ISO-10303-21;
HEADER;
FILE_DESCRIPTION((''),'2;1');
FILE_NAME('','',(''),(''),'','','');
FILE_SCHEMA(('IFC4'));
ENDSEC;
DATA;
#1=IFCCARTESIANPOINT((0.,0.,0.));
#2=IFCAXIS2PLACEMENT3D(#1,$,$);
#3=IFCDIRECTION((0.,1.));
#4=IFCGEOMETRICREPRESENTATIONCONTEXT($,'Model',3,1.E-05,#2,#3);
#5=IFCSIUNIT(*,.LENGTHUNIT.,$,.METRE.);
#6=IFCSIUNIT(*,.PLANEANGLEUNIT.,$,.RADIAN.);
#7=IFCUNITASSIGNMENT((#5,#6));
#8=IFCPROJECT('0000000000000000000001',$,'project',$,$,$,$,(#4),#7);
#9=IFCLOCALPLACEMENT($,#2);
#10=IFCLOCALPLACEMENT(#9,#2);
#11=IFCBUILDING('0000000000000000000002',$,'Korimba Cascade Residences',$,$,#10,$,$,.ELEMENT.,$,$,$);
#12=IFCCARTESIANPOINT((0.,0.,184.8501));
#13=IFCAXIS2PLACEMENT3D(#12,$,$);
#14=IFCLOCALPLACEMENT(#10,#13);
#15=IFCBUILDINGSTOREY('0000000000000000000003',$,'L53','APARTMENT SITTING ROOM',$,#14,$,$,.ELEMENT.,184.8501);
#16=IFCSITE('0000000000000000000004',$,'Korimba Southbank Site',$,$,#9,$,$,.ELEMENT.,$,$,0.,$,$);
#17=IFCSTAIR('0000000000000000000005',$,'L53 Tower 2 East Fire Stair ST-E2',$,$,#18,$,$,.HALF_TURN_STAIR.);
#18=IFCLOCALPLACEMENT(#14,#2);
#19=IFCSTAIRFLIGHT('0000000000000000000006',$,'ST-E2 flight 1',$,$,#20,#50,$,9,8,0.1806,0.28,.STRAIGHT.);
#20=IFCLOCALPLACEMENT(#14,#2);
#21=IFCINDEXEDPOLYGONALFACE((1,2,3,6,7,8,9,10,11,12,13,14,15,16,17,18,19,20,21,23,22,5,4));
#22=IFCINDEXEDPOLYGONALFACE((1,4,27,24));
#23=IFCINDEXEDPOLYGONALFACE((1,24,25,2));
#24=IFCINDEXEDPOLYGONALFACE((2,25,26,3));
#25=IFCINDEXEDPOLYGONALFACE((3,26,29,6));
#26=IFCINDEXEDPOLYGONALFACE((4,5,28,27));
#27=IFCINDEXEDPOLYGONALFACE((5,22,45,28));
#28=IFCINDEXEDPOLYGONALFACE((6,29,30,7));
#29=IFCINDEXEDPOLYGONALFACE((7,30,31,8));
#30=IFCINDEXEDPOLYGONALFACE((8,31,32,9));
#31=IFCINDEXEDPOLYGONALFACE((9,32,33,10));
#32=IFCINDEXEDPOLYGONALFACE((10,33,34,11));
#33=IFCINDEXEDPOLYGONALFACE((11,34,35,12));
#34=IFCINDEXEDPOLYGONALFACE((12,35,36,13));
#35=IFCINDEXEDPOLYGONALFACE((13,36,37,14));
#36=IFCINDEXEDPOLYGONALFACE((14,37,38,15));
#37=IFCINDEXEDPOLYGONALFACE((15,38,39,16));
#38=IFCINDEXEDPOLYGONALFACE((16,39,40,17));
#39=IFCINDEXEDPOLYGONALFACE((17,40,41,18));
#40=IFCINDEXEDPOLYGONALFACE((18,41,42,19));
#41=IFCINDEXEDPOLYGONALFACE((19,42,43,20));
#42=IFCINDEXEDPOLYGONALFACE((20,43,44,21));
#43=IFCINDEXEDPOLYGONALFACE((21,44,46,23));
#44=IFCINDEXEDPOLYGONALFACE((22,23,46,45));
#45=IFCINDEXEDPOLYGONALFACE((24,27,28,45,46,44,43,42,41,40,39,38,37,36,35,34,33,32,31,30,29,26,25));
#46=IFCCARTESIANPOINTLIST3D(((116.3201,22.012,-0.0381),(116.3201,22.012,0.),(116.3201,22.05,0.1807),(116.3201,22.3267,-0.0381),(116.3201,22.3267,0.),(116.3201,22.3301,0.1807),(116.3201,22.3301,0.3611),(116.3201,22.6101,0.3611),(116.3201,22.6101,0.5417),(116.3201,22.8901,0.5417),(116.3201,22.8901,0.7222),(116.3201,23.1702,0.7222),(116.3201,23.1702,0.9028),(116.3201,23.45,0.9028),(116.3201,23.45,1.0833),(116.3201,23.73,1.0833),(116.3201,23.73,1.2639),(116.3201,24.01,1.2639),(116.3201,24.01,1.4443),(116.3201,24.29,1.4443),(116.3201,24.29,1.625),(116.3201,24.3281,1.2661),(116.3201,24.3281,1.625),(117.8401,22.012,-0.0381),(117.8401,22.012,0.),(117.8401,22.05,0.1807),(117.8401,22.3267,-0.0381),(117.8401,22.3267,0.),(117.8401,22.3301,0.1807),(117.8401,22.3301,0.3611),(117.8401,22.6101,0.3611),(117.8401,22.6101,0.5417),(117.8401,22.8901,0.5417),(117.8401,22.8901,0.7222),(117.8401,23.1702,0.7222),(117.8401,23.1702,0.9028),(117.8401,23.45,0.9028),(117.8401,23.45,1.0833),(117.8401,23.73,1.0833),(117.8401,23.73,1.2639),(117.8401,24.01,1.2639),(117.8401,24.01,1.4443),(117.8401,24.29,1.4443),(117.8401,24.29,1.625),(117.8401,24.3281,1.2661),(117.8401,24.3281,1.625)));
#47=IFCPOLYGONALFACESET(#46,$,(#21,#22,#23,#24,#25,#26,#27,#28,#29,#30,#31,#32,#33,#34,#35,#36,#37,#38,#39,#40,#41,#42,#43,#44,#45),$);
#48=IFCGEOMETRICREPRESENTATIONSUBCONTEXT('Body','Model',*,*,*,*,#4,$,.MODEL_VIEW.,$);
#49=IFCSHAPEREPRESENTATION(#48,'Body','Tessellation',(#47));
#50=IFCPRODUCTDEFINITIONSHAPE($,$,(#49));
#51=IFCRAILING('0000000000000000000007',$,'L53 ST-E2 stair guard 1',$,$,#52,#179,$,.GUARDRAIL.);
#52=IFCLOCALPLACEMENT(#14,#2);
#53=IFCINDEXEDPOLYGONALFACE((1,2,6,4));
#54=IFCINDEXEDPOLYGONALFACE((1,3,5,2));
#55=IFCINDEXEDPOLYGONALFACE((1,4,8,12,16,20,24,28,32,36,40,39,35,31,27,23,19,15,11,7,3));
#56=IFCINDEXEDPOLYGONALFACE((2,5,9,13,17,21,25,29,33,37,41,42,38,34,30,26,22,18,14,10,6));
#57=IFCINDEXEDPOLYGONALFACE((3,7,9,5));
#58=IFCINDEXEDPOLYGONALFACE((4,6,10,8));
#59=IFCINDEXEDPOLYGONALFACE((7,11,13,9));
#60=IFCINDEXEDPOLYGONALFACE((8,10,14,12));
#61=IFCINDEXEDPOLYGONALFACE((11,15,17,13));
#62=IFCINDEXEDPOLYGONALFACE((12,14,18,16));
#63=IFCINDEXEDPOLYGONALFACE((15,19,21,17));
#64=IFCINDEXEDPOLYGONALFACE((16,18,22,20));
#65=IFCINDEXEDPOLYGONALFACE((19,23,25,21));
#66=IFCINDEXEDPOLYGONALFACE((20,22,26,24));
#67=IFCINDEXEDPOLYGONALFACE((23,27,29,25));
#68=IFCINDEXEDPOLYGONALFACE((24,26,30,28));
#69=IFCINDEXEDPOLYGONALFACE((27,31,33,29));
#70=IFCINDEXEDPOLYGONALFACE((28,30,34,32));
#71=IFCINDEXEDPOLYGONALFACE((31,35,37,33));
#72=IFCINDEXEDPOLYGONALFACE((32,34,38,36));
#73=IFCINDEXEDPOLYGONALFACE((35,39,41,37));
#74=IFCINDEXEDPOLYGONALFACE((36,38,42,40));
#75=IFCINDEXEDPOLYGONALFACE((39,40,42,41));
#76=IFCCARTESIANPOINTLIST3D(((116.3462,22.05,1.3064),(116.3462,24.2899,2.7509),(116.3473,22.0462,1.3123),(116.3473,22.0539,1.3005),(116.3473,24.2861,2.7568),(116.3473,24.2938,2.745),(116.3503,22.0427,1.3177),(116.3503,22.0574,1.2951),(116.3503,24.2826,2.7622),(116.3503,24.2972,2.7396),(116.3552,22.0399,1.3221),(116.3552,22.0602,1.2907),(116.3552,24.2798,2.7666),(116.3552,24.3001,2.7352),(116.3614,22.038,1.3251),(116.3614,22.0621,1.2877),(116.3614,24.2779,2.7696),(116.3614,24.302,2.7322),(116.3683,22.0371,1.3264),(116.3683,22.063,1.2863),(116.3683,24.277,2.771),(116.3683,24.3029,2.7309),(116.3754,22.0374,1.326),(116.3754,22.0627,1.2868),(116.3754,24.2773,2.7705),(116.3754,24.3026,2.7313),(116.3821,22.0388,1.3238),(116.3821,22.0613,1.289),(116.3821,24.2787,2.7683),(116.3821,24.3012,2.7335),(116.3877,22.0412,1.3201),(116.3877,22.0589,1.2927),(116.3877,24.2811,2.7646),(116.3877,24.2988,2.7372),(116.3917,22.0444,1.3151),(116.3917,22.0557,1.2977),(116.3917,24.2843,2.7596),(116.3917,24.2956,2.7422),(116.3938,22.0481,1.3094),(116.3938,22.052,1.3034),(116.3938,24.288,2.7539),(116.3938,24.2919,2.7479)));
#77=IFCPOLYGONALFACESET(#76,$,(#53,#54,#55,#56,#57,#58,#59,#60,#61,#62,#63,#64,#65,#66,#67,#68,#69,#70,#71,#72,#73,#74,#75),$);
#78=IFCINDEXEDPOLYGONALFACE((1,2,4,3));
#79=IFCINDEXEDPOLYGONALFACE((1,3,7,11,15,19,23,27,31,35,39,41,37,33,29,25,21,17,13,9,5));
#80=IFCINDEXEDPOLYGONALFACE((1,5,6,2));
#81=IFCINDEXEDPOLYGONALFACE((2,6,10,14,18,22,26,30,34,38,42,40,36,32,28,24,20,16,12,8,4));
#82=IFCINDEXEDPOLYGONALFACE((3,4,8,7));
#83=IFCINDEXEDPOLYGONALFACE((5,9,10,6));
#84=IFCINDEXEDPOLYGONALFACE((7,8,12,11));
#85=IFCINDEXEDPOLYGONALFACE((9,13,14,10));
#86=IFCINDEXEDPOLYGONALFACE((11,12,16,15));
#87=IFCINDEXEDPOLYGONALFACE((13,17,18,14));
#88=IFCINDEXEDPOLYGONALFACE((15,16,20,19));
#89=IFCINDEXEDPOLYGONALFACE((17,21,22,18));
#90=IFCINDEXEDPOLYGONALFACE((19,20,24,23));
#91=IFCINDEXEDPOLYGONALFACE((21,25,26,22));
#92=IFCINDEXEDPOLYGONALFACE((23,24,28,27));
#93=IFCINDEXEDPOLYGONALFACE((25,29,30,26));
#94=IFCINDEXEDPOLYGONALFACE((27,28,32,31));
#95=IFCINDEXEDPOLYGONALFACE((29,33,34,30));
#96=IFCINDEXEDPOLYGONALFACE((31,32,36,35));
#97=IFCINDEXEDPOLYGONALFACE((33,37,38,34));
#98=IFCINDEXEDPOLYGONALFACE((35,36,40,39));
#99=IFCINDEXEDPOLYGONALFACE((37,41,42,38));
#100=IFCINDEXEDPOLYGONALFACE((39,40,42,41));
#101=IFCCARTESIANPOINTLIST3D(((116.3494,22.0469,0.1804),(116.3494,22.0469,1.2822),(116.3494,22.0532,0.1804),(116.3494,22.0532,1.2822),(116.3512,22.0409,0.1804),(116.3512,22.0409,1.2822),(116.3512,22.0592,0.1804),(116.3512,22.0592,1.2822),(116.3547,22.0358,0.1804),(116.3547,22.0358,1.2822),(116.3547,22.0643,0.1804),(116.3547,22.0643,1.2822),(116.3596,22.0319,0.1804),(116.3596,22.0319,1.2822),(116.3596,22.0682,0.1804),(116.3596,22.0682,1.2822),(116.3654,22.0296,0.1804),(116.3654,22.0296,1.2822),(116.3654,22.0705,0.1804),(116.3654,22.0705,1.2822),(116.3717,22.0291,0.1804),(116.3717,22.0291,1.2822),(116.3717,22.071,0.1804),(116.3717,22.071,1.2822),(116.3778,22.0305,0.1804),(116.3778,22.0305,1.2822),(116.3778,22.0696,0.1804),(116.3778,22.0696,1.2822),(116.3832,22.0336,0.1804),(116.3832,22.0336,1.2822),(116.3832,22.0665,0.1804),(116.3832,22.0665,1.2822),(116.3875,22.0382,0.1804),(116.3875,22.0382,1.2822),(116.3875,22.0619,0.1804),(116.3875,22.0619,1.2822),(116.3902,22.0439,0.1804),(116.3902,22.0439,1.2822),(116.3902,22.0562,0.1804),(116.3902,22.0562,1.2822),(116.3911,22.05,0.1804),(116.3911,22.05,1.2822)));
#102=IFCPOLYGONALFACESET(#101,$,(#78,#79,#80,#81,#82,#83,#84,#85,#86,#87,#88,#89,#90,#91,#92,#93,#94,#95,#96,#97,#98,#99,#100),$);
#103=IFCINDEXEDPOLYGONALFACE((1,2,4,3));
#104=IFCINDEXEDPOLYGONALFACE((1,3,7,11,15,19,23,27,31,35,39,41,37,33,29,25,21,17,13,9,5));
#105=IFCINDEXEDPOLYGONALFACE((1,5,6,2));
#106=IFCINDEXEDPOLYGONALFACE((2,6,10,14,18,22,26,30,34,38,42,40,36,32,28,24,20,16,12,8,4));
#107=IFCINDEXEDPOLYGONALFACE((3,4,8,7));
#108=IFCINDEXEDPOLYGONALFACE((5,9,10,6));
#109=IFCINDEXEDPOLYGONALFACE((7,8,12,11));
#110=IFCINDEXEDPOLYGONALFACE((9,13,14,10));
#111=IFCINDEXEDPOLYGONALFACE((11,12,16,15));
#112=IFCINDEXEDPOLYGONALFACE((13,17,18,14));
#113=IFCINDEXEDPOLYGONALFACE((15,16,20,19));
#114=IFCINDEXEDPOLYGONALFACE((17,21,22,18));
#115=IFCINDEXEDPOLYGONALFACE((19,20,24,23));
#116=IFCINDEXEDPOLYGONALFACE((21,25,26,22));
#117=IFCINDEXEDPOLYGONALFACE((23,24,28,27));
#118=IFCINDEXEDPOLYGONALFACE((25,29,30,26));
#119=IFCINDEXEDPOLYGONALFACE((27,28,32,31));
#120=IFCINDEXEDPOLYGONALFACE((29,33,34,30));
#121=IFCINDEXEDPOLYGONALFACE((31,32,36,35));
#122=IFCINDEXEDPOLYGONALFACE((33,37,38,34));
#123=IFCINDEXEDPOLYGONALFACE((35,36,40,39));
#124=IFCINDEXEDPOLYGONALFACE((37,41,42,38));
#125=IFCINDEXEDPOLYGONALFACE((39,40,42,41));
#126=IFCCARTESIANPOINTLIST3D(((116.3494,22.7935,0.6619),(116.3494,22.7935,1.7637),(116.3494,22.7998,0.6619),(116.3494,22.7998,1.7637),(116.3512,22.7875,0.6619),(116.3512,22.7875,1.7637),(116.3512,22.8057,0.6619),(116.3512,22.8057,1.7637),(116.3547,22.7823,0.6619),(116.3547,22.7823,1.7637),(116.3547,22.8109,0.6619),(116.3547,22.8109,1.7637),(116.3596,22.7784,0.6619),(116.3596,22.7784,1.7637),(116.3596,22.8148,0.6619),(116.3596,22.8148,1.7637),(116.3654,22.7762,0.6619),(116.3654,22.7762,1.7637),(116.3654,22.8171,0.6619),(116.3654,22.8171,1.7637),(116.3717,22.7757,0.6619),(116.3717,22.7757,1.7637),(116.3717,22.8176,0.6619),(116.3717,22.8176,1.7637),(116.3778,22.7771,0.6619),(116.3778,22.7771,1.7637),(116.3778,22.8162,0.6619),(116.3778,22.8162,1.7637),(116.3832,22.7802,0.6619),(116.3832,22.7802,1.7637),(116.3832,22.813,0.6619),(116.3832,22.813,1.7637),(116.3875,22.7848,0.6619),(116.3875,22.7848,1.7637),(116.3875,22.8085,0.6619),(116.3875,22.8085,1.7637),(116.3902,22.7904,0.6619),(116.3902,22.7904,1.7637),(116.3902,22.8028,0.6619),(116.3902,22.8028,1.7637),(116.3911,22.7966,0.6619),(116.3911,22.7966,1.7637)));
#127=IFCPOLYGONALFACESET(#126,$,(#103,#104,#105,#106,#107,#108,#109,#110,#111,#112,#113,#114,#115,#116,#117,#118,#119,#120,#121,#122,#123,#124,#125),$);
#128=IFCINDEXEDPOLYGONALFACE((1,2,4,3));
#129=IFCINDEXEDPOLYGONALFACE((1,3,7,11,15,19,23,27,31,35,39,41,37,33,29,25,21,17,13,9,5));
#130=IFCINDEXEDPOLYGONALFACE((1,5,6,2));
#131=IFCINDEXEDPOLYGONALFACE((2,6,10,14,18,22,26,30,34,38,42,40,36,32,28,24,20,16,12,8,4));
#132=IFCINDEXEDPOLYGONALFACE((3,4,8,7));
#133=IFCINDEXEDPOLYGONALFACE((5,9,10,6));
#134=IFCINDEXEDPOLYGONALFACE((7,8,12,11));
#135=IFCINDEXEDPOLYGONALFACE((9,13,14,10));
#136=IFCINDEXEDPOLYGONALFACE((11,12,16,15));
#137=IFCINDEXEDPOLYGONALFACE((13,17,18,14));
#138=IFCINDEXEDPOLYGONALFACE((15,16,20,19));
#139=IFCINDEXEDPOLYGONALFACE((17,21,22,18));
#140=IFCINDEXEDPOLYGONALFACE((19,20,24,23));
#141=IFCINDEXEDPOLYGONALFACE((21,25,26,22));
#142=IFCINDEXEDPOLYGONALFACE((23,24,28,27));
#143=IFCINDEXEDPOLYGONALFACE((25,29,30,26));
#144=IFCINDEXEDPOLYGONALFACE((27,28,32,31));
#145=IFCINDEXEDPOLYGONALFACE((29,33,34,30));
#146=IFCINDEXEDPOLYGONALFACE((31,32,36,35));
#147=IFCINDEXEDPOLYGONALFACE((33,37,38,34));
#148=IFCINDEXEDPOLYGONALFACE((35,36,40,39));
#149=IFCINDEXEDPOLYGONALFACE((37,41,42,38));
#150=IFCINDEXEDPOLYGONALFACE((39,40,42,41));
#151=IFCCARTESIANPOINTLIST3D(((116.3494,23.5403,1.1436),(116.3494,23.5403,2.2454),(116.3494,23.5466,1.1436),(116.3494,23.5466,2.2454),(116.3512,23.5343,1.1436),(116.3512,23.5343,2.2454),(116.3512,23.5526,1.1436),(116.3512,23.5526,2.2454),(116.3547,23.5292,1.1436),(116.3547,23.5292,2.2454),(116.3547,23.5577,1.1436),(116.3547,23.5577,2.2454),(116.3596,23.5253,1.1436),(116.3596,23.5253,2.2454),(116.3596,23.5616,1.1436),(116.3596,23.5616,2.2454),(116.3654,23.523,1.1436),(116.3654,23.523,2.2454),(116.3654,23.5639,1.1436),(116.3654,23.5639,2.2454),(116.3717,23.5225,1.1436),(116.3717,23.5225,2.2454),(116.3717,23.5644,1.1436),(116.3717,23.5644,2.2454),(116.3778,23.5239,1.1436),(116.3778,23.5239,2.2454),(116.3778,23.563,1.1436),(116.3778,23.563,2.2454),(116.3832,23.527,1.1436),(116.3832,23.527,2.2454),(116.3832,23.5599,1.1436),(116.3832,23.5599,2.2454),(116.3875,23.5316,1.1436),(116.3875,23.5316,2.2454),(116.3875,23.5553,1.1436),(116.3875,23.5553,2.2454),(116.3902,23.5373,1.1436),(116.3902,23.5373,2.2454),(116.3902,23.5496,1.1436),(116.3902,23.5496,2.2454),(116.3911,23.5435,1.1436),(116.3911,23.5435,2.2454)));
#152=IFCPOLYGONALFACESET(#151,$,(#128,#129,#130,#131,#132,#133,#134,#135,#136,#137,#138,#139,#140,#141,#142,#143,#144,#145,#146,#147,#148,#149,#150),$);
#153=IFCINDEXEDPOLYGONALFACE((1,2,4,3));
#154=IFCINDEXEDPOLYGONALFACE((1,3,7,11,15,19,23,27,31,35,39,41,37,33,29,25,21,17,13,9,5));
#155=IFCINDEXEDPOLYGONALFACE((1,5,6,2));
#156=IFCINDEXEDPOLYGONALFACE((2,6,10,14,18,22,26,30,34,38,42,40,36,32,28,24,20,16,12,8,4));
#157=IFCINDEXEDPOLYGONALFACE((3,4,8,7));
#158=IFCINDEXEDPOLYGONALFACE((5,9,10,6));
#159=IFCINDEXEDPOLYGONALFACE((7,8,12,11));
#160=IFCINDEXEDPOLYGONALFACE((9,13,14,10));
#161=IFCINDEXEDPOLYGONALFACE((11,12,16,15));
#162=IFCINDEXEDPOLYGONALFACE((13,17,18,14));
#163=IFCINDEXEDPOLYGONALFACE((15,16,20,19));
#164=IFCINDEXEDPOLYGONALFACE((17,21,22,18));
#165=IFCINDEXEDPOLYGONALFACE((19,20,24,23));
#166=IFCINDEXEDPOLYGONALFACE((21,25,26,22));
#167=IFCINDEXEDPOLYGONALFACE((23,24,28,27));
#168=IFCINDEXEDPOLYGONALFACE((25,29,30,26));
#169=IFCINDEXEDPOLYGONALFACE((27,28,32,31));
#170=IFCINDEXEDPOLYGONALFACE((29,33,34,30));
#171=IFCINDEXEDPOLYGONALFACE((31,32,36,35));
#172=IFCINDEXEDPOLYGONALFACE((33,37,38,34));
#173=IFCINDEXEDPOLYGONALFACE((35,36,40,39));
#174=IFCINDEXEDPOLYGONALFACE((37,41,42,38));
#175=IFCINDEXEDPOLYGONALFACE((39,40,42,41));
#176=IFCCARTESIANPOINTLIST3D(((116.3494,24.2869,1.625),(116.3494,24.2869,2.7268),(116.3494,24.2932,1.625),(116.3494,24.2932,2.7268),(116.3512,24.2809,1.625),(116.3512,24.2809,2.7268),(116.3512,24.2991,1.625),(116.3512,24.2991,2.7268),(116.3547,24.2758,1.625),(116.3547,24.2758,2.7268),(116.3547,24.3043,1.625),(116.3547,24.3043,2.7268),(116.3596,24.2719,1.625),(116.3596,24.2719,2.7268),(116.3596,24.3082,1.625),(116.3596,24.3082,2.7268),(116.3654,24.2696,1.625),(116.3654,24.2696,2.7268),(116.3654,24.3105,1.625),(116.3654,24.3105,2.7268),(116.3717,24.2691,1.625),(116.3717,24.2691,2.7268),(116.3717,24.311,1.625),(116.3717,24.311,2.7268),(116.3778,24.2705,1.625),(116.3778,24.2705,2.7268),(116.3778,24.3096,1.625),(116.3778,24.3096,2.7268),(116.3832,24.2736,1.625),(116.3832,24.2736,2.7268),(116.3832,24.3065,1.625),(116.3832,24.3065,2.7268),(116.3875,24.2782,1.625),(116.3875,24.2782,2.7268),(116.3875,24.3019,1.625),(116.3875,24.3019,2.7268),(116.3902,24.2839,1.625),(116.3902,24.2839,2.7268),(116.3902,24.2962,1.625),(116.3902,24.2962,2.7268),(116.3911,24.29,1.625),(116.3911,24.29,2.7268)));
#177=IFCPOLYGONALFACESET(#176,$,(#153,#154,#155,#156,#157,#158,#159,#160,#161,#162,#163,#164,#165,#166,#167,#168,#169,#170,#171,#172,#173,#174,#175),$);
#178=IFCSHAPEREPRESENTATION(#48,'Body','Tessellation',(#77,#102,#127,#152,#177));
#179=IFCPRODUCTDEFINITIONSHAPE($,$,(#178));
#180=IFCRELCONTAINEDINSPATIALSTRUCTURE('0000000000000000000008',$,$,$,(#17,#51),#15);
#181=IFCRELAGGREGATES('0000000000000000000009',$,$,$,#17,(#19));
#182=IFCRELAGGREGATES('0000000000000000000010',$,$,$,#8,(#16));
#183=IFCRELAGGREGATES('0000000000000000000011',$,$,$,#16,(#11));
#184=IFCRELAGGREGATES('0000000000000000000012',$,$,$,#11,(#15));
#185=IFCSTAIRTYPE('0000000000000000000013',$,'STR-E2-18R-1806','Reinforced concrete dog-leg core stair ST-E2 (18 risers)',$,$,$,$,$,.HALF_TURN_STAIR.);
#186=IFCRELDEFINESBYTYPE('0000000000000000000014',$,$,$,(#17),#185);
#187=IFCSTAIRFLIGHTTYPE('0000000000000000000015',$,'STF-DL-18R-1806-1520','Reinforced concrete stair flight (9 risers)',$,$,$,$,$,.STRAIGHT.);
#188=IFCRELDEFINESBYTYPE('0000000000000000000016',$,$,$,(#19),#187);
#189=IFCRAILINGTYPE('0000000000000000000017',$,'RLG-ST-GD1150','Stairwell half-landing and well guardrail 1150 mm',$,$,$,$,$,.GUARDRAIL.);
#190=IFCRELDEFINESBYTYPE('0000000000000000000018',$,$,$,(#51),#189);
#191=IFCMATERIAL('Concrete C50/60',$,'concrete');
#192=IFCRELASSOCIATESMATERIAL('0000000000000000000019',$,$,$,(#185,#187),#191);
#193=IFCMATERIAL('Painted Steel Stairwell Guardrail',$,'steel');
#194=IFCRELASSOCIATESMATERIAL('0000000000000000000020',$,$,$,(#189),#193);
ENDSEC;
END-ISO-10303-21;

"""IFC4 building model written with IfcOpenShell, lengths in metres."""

from ifc_helpers import new_model, si_unit, direction, frame, origin, origin_2d, place, context, subcontext, project, spatial, polyline, circle, outline, extrude, material, type_object, element, aggregate, save


model = new_model("IFC4")

# Units and contexts
model_context = context("Model", 3, precision=1e-05, world=origin(), true_north=direction((0.0, 1.0)))
body_context = subcontext(model_context, "Body", "Model", "MODEL_VIEW")
ifc_project = project(units=[si_unit("LENGTHUNIT", "METRE"), si_unit("PLANEANGLEUNIT", "RADIAN")], contexts=[model_context])

# Site, building, storey
site_placement = place(None, origin())
site = spatial("IfcSite", under=ifc_project, at=site_placement, Name="Korimba Southbank Site", CompositionType="ELEMENT", RefElevation=0.0)
building_placement = place(site_placement, origin())
building = spatial("IfcBuilding", under=site, at=building_placement, Name="Korimba Cascade Residences", CompositionType="ELEMENT")
storey_placement = place(building_placement, frame((0.0, 0.0, 184.8501)))
storey = spatial("IfcBuildingStorey", under=building, at=storey_placement, Name="L53", Description="APARTMENT SITTING ROOM", CompositionType="ELEMENT", Elevation=184.8501)

# Shared definitions
ifc_material_1 = material(Name="Concrete C50/60", Category="concrete")

# Stair, stair flight
stair_type = type_object("IfcStairType", Name="STR-E2-18R-1806", Description="Reinforced concrete dog-leg core stair ST-E2 (18 risers)", PredefinedType="HALF_TURN_STAIR", material=ifc_material_1)
stair_placement = place(storey_placement, origin())
stair = element("IfcStair", 1, at=stair_placement, inside=storey, type_object=stair_type, Name="L53 Tower 2 East Fire Stair ST-E2", PredefinedType="HALF_TURN_STAIR")
stair_flight_type = type_object("IfcStairFlightType", Name="STF-DL-18R-1806-1520", Description="Reinforced concrete stair flight (9 risers)", PredefinedType="STRAIGHT", material=ifc_material_1)
stair_flight_placement = place(storey_placement, frame((117.0801, 22.05, 0.0), z_axis=(0.0, 0.0, 1.0), x_axis=(0.0, 1.0, 0.0)))
stair_flight = element("IfcStairFlight", 2, at=stair_flight_placement, type_object=stair_flight_type, Name="ST-E2 flight 1", NumberOfRisers=9, NumberOfTreads=8, PredefinedType="STRAIGHT", RiserHeight=0.1806, TreadLength=0.28, context=body_context, shape_type="SweptSolid", body=[
    extrude(outline(polyline([(-0.0381, 0.0), (0.0, 0.1807), (0.28, 0.1807), (0.28, 0.3611), (0.5601, 0.3611), (0.5601, 0.5417), (0.8401, 0.5417), (0.8401, 0.7222), (1.1201, 0.7222), (1.1201, 0.9028), (1.3999, 0.9028), (1.3999, 1.0833), (1.6799, 1.0833), (1.6799, 1.2639), (1.96, 1.2639), (1.96, 1.4443), (2.24, 1.4443), (2.24, 1.625), (2.2781, 1.625), (2.2781, 1.2661), (0.2766, 0.0), (0.2766, -0.0381), (-0.0381, -0.0381), (-0.0381, 0.0)])), frame((0.0, 0.76, 0.0), z_axis=(0.0, -1.0, 0.0), x_axis=(1.0, 0.0, 0.0)), (0.0, 0.0, 1.0), 1.52),
])
aggregate(stair, [stair_flight])

# Railing
ifc_material_2 = material(Name="Painted Steel Stairwell Guardrail", Category="steel")
railing_type_1 = type_object("IfcRailingType", Name="RLG-ST-GD1150", Description="Stairwell half-landing and well guardrail 1150 mm", PredefinedType="GUARDRAIL", material=ifc_material_2)
railing_1_placement = place(storey_placement, frame((116.3701, 22.05, 0.1804)))
element("IfcRailing", 3, at=railing_1_placement, inside=storey, type_object=railing_type_1, Name="L53 ST-E2 stair guard 1", PredefinedType="GUARDRAIL", context=body_context, shape_type="SweptSolid", body=[
    extrude(circle(Radius=0.0239, at=origin_2d()), frame((0.0, 0.0, 1.126), z_axis=(0.0, 0.840395, 0.541975), x_axis=(-1.0, 0.0, 0.0)), (0.0, 0.0, 1.0), 2.6653),
    extrude(circle(Radius=0.021, at=origin_2d()), origin(), (0.0, 0.0, 1.0), 1.1018),
    extrude(circle(Radius=0.021, at=origin_2d()), frame((0.0, 0.7466, 0.4814)), (0.0, 0.0, 1.0), 1.1018),
    extrude(circle(Radius=0.021, at=origin_2d()), frame((0.0, 1.4934, 0.9631)), (0.0, 0.0, 1.0), 1.1018),
    extrude(circle(Radius=0.021, at=origin_2d()), frame((0.0, 2.24, 1.4446)), (0.0, 0.0, 1.0), 1.1018),
])

save(model, "model.ifc")
